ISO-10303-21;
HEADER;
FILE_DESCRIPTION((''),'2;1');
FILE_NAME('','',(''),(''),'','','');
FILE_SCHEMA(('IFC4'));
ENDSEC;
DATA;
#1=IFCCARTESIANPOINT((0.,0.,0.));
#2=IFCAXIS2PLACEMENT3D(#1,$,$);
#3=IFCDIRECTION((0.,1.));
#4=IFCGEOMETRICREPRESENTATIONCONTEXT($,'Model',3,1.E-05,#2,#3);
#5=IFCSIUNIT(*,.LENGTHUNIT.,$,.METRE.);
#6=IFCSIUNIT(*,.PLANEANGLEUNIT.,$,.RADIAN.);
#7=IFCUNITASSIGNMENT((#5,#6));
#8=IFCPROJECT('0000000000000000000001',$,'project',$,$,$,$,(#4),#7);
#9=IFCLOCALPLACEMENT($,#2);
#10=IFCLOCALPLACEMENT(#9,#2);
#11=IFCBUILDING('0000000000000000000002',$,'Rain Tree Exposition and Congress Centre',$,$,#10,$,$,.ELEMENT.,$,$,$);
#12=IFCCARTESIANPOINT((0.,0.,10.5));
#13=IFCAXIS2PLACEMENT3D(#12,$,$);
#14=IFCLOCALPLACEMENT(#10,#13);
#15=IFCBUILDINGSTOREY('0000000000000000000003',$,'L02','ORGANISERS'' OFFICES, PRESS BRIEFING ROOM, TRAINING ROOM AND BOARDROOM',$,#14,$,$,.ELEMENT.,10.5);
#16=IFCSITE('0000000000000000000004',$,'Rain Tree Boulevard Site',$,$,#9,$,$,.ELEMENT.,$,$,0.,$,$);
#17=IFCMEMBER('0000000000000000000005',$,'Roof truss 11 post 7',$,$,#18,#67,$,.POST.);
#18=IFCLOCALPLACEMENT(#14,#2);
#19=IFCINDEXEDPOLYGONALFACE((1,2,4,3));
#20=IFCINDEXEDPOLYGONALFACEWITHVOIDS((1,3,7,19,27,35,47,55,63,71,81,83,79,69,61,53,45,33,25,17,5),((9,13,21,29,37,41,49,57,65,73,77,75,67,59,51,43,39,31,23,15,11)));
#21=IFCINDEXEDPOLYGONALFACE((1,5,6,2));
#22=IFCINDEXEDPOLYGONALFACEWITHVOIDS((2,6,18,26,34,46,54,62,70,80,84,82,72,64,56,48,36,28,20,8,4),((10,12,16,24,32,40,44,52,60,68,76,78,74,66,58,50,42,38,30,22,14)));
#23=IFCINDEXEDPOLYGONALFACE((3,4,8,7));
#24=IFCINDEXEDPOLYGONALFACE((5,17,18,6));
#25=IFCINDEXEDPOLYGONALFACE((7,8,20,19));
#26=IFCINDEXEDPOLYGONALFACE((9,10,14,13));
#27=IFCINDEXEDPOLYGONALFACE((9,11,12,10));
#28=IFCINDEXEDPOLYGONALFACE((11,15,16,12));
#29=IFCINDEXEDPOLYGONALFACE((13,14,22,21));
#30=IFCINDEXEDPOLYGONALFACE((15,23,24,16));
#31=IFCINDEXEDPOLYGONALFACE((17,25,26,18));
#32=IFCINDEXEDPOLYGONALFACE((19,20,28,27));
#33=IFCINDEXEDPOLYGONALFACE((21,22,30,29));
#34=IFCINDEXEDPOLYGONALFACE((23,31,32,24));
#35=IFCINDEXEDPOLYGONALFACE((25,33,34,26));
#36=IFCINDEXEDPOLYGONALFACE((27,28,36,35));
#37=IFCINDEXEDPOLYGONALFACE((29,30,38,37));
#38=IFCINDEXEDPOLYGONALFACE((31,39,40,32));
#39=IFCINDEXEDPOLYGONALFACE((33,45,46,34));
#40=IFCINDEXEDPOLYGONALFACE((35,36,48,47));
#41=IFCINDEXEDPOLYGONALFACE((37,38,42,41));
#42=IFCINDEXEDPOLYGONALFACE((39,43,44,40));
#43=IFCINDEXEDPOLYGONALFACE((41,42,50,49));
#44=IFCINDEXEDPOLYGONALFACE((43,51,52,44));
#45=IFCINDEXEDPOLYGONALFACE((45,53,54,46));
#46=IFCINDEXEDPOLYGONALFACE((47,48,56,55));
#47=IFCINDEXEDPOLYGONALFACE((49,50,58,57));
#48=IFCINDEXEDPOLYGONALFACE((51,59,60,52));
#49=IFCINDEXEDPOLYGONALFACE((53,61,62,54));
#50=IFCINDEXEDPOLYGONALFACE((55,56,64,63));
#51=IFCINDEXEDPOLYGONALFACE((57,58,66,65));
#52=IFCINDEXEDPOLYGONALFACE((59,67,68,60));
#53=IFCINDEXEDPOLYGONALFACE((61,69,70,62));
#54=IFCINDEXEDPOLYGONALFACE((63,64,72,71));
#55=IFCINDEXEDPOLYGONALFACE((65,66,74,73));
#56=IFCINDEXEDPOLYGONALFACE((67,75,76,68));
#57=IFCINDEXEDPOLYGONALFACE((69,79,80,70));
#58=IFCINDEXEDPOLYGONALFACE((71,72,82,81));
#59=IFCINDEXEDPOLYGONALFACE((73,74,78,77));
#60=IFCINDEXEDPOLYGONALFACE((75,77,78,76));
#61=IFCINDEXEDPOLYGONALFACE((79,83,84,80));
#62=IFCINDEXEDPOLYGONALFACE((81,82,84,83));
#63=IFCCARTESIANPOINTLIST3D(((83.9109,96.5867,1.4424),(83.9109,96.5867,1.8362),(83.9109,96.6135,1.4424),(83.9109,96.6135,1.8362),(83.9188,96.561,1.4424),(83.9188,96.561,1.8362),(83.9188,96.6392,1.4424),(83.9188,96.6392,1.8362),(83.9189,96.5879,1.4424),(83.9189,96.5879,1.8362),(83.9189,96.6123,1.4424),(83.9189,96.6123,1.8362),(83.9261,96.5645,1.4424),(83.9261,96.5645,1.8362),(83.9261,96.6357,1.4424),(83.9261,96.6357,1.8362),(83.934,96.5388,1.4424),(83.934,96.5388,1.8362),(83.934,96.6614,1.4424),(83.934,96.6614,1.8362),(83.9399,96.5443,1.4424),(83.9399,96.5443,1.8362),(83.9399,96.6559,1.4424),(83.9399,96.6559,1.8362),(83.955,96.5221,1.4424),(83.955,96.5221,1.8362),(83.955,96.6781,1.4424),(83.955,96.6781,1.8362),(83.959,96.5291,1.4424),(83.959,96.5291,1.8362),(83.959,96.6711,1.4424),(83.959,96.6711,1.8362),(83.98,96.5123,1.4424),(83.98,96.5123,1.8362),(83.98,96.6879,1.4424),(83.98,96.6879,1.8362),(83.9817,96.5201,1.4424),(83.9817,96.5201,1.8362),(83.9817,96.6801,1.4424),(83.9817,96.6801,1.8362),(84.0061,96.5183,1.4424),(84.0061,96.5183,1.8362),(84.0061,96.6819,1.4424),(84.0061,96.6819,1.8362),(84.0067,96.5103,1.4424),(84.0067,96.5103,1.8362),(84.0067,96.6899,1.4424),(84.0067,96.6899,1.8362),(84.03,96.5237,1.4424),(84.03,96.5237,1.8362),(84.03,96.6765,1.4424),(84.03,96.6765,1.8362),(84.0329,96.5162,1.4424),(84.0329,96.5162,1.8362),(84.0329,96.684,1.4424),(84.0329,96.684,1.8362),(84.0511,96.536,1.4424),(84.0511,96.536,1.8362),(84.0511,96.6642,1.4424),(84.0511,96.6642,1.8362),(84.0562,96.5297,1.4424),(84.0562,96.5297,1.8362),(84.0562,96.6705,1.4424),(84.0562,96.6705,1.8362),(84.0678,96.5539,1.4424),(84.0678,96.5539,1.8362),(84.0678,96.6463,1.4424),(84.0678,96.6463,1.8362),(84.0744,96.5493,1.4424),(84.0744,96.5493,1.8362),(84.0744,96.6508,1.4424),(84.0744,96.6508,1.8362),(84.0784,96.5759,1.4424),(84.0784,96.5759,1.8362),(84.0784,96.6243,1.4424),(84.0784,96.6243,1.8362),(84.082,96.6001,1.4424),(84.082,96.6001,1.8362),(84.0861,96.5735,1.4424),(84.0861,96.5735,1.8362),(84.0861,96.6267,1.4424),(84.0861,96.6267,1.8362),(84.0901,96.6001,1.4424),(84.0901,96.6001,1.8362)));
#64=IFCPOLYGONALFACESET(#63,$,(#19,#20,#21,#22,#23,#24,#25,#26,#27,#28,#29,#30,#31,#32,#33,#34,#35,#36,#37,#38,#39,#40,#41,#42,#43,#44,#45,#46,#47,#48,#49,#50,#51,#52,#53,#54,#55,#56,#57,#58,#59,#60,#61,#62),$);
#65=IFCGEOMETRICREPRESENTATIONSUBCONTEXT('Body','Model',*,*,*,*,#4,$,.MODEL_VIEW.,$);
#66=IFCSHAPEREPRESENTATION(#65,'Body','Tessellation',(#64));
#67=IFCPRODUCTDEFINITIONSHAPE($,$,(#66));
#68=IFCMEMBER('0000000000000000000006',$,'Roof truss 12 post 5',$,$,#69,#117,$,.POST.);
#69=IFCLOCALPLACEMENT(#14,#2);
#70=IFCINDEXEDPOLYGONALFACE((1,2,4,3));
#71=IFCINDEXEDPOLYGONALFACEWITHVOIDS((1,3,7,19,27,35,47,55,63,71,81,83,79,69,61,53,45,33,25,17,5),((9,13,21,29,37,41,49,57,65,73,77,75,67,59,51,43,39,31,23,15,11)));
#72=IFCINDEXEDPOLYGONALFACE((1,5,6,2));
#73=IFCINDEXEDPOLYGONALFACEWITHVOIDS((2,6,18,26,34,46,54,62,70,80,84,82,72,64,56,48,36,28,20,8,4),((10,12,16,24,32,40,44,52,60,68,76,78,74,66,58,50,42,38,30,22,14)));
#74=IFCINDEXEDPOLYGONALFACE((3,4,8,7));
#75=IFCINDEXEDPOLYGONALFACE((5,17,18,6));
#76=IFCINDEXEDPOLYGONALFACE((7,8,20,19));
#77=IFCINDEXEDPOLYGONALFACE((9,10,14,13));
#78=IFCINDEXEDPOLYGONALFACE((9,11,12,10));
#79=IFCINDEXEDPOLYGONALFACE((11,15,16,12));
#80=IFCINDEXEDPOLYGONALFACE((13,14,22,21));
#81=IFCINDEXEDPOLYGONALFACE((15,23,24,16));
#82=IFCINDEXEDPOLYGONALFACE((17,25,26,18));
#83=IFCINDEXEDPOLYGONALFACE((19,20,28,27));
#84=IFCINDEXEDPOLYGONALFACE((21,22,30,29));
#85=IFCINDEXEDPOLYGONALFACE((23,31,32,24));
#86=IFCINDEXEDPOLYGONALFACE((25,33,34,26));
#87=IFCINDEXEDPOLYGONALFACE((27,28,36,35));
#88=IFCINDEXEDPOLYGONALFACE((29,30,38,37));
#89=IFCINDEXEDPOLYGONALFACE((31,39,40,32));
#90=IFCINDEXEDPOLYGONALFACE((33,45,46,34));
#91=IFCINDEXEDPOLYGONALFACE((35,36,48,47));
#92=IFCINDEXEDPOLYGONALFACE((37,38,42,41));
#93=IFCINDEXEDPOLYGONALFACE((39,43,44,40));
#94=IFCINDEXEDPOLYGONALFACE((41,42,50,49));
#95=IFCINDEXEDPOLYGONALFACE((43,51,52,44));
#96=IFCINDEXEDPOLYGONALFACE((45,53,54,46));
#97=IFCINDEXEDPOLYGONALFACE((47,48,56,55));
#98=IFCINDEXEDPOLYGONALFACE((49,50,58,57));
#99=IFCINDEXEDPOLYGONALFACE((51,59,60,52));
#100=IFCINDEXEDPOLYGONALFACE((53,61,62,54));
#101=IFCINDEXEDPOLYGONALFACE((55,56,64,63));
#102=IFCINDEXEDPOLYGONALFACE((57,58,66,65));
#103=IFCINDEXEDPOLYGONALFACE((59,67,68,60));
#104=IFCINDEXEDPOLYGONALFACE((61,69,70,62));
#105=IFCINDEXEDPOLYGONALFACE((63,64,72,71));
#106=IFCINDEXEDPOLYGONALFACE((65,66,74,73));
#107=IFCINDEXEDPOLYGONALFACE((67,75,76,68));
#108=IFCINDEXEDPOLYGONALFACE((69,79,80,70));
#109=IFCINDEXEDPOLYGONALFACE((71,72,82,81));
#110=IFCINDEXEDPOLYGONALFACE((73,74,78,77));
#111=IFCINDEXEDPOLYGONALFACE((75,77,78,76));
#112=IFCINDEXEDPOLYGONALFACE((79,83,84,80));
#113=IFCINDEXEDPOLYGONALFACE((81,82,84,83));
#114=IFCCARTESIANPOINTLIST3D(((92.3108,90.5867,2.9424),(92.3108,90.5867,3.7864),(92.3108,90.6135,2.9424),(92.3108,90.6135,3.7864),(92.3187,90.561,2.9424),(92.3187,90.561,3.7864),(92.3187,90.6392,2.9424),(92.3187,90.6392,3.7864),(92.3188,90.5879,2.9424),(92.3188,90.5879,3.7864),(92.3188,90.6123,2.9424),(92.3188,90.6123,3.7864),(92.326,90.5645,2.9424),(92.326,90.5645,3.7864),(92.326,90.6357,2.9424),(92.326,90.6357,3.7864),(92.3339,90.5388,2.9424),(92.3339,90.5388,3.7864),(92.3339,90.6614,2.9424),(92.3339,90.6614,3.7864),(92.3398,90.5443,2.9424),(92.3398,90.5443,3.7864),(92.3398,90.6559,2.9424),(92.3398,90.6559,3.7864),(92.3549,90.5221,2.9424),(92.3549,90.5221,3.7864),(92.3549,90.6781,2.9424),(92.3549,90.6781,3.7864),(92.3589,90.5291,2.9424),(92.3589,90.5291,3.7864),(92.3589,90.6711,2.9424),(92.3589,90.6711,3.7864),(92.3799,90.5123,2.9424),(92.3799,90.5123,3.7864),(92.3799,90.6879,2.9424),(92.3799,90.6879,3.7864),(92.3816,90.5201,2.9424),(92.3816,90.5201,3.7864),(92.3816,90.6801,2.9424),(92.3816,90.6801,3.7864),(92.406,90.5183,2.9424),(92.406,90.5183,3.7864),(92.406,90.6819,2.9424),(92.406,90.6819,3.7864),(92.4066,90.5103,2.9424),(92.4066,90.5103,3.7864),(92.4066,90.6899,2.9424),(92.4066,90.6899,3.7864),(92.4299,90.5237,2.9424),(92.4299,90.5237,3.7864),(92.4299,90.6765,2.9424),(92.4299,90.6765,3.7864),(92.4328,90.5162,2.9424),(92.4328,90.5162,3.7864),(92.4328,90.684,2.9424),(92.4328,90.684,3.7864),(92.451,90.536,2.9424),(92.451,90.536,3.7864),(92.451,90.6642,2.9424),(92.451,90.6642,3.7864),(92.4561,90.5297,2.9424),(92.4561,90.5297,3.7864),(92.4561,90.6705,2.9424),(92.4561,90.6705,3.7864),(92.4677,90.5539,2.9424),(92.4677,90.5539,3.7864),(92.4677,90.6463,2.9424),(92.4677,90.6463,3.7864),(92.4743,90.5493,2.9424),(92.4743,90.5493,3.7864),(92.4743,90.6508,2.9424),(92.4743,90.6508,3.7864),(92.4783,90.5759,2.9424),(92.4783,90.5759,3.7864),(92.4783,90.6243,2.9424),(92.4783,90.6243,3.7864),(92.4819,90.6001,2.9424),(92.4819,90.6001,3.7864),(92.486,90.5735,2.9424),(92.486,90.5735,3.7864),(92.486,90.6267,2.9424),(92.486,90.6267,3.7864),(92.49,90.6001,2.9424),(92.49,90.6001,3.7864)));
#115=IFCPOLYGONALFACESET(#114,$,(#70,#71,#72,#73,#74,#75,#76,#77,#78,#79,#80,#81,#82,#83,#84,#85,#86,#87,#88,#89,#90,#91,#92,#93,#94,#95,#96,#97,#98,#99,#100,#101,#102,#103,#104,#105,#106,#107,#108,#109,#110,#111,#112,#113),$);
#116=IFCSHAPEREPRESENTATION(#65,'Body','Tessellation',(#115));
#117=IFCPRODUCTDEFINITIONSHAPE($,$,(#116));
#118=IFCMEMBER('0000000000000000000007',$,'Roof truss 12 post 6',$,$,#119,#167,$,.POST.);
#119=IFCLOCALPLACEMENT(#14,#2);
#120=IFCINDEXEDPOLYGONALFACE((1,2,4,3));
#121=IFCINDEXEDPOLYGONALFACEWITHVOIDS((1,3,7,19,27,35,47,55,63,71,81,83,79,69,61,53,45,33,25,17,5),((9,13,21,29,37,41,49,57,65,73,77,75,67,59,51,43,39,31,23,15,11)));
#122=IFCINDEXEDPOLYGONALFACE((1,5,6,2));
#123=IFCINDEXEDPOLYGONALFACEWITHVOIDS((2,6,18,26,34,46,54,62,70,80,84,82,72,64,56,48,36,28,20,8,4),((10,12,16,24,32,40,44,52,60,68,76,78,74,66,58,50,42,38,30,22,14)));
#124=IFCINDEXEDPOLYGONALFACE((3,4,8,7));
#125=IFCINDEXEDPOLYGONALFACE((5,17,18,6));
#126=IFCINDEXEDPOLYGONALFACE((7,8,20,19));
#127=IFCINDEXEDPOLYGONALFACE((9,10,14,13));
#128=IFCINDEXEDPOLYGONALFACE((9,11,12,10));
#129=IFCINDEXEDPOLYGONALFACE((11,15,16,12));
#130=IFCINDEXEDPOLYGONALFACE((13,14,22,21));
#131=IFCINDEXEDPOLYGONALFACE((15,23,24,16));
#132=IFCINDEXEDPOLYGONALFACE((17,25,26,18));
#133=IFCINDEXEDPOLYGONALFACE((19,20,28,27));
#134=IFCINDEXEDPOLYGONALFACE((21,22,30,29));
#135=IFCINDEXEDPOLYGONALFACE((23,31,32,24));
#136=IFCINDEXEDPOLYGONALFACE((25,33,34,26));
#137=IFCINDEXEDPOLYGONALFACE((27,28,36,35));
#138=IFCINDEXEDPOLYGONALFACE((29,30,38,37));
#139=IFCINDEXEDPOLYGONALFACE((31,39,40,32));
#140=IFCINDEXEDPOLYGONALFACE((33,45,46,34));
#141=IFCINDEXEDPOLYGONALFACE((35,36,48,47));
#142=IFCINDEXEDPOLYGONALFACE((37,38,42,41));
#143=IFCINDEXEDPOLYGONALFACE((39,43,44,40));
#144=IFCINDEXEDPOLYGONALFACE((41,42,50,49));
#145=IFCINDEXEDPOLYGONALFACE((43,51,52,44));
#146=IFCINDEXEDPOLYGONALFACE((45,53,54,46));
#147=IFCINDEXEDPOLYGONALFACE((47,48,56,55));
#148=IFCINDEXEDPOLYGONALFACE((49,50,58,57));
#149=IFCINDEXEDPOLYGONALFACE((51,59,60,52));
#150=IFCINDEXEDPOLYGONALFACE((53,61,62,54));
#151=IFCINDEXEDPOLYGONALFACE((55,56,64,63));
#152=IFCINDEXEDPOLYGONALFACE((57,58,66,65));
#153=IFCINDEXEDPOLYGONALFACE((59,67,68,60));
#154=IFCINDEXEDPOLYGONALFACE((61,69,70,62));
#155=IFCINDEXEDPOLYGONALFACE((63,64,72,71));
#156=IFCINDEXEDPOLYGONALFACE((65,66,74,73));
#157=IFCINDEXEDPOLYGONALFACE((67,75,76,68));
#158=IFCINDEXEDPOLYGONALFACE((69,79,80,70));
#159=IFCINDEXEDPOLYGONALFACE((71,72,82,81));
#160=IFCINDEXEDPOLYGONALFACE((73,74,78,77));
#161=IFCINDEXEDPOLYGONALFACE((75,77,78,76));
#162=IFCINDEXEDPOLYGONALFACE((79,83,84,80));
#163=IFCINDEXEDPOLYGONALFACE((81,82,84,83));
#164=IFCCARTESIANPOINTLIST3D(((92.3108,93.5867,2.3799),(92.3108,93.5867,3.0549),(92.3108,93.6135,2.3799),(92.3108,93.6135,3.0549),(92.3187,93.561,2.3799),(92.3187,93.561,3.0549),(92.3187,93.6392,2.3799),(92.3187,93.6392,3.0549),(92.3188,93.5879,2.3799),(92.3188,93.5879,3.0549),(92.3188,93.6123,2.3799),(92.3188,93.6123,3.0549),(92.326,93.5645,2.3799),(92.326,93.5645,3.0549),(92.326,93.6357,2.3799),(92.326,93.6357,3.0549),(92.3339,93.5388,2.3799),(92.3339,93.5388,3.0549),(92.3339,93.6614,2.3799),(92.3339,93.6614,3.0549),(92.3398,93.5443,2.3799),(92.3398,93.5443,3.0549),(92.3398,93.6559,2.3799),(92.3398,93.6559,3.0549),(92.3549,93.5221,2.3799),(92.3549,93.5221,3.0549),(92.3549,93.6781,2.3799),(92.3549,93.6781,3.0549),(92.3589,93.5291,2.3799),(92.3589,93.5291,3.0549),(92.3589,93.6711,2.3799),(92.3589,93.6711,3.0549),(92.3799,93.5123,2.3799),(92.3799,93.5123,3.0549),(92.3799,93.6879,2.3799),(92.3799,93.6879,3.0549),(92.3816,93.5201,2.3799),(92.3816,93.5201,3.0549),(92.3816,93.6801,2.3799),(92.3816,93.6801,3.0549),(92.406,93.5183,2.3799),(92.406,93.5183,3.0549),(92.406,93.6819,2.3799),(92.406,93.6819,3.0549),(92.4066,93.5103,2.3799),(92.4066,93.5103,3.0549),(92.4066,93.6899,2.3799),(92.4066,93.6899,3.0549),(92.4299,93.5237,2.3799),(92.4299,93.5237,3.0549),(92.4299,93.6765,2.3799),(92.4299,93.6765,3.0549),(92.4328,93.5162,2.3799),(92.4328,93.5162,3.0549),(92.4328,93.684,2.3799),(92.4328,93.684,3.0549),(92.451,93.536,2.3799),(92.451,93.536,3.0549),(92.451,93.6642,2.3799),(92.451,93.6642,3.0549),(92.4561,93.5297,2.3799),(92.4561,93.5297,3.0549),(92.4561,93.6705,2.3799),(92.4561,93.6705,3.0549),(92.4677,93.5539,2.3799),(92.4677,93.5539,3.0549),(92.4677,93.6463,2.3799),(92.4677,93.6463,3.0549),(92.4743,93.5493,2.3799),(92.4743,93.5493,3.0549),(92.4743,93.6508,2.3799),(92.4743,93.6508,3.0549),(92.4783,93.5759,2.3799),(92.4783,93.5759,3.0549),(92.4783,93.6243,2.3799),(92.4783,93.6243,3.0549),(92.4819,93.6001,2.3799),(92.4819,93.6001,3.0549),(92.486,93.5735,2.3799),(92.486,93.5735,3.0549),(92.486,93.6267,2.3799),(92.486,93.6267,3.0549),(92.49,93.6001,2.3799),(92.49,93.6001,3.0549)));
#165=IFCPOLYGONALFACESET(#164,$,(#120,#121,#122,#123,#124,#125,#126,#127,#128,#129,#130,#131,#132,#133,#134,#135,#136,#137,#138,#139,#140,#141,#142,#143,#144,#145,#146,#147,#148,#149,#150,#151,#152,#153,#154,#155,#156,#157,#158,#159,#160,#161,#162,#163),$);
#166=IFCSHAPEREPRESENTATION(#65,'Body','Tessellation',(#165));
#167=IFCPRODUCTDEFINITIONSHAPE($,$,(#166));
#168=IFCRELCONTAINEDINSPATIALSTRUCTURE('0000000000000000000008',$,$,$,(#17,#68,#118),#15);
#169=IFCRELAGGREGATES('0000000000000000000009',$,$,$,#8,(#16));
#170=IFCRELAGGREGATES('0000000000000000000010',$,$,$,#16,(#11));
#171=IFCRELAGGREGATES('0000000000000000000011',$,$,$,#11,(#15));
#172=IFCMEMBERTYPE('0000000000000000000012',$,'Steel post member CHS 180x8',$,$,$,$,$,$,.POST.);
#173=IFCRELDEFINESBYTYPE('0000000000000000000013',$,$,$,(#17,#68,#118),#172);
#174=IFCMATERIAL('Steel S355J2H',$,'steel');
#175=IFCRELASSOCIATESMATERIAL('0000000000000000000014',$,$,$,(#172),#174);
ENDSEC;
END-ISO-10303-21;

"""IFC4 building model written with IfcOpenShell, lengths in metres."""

from ifc_helpers import new_model, si_unit, direction, frame, origin, origin_2d, place, context, subcontext, project, spatial, hollow_circle, extrude, material, material_profile, profile_set, type_object, element, save


model = new_model("IFC4")

# Units and contexts
model_context = context("Model", 3, precision=1e-05, world=origin(), true_north=direction((0.0, 1.0)))
body_context = subcontext(model_context, "Body", "Model", "MODEL_VIEW")
ifc_project = project(units=[si_unit("LENGTHUNIT", "METRE"), si_unit("PLANEANGLEUNIT", "RADIAN")], contexts=[model_context])

# Site, building, storey
site_placement = place(None, origin())
site = spatial("IfcSite", under=ifc_project, at=site_placement, Name="Rain Tree Boulevard Site", CompositionType="ELEMENT", RefElevation=0.0)
building_placement = place(site_placement, origin())
building = spatial("IfcBuilding", under=site, at=building_placement, Name="Rain Tree Exposition and Congress Centre", CompositionType="ELEMENT")
storey_placement = place(building_placement, frame((0.0, 0.0, 10.5)))
storey = spatial("IfcBuildingStorey", under=building, at=storey_placement, Name="L02", Description="ORGANISERS' OFFICES, PRESS BRIEFING ROOM, TRAINING ROOM AND BOARDROOM", CompositionType="ELEMENT", Elevation=10.5)

# Members
ifc_material_1 = material(Name="Steel S355J2H", Category="steel")
ifc_material_profile_1 = material_profile(ifc_material_1, hollow_circle(Radius=0.0901, WallThickness=0.0081, at=origin_2d()), Name="CHS 180x8")
ifc_profile_set_1 = profile_set([ifc_material_profile_1], Name="Steel S355J2H")
member_type_1 = type_object("IfcMemberType", Name="Steel post member CHS 180x8", PredefinedType="POST", material=ifc_profile_set_1)
member_1_placement = place(storey_placement, frame((84.0, 96.6001, 1.4424), z_axis=(0.0, 0.0, 1.0), x_axis=(1.0, 0.0, 0.0)))
element("IfcMember", 1, at=member_1_placement, inside=storey, type_object=member_type_1, Name="Roof truss 11 post 7", PredefinedType="POST", context=body_context, shape_type="SweptSolid", body=[
    extrude(hollow_circle(Radius=0.0901, WallThickness=0.0081, at=origin_2d()), origin(), (0.0, 0.0, 1.0), 0.3938),
])
member_2_placement = place(storey_placement, frame((92.3999, 90.6001, 2.9424), z_axis=(0.0, 0.0, 1.0), x_axis=(1.0, 0.0, 0.0)))
element("IfcMember", 2, at=member_2_placement, inside=storey, type_object=member_type_1, Name="Roof truss 12 post 5", PredefinedType="POST", context=body_context, shape_type="SweptSolid", body=[
    extrude(hollow_circle(Radius=0.0901, WallThickness=0.0081, at=origin_2d()), origin(), (0.0, 0.0, 1.0), 0.844),
])
member_3_placement = place(storey_placement, frame((92.3999, 93.6001, 2.3799), z_axis=(0.0, 0.0, 1.0), x_axis=(1.0, 0.0, 0.0)))
element("IfcMember", 3, at=member_3_placement, inside=storey, type_object=member_type_1, Name="Roof truss 12 post 6", PredefinedType="POST", context=body_context, shape_type="SweptSolid", body=[
    extrude(hollow_circle(Radius=0.0901, WallThickness=0.0081, at=origin_2d()), origin(), (0.0, 0.0, 1.0), 0.675),
])

save(model, "model.ifc")
